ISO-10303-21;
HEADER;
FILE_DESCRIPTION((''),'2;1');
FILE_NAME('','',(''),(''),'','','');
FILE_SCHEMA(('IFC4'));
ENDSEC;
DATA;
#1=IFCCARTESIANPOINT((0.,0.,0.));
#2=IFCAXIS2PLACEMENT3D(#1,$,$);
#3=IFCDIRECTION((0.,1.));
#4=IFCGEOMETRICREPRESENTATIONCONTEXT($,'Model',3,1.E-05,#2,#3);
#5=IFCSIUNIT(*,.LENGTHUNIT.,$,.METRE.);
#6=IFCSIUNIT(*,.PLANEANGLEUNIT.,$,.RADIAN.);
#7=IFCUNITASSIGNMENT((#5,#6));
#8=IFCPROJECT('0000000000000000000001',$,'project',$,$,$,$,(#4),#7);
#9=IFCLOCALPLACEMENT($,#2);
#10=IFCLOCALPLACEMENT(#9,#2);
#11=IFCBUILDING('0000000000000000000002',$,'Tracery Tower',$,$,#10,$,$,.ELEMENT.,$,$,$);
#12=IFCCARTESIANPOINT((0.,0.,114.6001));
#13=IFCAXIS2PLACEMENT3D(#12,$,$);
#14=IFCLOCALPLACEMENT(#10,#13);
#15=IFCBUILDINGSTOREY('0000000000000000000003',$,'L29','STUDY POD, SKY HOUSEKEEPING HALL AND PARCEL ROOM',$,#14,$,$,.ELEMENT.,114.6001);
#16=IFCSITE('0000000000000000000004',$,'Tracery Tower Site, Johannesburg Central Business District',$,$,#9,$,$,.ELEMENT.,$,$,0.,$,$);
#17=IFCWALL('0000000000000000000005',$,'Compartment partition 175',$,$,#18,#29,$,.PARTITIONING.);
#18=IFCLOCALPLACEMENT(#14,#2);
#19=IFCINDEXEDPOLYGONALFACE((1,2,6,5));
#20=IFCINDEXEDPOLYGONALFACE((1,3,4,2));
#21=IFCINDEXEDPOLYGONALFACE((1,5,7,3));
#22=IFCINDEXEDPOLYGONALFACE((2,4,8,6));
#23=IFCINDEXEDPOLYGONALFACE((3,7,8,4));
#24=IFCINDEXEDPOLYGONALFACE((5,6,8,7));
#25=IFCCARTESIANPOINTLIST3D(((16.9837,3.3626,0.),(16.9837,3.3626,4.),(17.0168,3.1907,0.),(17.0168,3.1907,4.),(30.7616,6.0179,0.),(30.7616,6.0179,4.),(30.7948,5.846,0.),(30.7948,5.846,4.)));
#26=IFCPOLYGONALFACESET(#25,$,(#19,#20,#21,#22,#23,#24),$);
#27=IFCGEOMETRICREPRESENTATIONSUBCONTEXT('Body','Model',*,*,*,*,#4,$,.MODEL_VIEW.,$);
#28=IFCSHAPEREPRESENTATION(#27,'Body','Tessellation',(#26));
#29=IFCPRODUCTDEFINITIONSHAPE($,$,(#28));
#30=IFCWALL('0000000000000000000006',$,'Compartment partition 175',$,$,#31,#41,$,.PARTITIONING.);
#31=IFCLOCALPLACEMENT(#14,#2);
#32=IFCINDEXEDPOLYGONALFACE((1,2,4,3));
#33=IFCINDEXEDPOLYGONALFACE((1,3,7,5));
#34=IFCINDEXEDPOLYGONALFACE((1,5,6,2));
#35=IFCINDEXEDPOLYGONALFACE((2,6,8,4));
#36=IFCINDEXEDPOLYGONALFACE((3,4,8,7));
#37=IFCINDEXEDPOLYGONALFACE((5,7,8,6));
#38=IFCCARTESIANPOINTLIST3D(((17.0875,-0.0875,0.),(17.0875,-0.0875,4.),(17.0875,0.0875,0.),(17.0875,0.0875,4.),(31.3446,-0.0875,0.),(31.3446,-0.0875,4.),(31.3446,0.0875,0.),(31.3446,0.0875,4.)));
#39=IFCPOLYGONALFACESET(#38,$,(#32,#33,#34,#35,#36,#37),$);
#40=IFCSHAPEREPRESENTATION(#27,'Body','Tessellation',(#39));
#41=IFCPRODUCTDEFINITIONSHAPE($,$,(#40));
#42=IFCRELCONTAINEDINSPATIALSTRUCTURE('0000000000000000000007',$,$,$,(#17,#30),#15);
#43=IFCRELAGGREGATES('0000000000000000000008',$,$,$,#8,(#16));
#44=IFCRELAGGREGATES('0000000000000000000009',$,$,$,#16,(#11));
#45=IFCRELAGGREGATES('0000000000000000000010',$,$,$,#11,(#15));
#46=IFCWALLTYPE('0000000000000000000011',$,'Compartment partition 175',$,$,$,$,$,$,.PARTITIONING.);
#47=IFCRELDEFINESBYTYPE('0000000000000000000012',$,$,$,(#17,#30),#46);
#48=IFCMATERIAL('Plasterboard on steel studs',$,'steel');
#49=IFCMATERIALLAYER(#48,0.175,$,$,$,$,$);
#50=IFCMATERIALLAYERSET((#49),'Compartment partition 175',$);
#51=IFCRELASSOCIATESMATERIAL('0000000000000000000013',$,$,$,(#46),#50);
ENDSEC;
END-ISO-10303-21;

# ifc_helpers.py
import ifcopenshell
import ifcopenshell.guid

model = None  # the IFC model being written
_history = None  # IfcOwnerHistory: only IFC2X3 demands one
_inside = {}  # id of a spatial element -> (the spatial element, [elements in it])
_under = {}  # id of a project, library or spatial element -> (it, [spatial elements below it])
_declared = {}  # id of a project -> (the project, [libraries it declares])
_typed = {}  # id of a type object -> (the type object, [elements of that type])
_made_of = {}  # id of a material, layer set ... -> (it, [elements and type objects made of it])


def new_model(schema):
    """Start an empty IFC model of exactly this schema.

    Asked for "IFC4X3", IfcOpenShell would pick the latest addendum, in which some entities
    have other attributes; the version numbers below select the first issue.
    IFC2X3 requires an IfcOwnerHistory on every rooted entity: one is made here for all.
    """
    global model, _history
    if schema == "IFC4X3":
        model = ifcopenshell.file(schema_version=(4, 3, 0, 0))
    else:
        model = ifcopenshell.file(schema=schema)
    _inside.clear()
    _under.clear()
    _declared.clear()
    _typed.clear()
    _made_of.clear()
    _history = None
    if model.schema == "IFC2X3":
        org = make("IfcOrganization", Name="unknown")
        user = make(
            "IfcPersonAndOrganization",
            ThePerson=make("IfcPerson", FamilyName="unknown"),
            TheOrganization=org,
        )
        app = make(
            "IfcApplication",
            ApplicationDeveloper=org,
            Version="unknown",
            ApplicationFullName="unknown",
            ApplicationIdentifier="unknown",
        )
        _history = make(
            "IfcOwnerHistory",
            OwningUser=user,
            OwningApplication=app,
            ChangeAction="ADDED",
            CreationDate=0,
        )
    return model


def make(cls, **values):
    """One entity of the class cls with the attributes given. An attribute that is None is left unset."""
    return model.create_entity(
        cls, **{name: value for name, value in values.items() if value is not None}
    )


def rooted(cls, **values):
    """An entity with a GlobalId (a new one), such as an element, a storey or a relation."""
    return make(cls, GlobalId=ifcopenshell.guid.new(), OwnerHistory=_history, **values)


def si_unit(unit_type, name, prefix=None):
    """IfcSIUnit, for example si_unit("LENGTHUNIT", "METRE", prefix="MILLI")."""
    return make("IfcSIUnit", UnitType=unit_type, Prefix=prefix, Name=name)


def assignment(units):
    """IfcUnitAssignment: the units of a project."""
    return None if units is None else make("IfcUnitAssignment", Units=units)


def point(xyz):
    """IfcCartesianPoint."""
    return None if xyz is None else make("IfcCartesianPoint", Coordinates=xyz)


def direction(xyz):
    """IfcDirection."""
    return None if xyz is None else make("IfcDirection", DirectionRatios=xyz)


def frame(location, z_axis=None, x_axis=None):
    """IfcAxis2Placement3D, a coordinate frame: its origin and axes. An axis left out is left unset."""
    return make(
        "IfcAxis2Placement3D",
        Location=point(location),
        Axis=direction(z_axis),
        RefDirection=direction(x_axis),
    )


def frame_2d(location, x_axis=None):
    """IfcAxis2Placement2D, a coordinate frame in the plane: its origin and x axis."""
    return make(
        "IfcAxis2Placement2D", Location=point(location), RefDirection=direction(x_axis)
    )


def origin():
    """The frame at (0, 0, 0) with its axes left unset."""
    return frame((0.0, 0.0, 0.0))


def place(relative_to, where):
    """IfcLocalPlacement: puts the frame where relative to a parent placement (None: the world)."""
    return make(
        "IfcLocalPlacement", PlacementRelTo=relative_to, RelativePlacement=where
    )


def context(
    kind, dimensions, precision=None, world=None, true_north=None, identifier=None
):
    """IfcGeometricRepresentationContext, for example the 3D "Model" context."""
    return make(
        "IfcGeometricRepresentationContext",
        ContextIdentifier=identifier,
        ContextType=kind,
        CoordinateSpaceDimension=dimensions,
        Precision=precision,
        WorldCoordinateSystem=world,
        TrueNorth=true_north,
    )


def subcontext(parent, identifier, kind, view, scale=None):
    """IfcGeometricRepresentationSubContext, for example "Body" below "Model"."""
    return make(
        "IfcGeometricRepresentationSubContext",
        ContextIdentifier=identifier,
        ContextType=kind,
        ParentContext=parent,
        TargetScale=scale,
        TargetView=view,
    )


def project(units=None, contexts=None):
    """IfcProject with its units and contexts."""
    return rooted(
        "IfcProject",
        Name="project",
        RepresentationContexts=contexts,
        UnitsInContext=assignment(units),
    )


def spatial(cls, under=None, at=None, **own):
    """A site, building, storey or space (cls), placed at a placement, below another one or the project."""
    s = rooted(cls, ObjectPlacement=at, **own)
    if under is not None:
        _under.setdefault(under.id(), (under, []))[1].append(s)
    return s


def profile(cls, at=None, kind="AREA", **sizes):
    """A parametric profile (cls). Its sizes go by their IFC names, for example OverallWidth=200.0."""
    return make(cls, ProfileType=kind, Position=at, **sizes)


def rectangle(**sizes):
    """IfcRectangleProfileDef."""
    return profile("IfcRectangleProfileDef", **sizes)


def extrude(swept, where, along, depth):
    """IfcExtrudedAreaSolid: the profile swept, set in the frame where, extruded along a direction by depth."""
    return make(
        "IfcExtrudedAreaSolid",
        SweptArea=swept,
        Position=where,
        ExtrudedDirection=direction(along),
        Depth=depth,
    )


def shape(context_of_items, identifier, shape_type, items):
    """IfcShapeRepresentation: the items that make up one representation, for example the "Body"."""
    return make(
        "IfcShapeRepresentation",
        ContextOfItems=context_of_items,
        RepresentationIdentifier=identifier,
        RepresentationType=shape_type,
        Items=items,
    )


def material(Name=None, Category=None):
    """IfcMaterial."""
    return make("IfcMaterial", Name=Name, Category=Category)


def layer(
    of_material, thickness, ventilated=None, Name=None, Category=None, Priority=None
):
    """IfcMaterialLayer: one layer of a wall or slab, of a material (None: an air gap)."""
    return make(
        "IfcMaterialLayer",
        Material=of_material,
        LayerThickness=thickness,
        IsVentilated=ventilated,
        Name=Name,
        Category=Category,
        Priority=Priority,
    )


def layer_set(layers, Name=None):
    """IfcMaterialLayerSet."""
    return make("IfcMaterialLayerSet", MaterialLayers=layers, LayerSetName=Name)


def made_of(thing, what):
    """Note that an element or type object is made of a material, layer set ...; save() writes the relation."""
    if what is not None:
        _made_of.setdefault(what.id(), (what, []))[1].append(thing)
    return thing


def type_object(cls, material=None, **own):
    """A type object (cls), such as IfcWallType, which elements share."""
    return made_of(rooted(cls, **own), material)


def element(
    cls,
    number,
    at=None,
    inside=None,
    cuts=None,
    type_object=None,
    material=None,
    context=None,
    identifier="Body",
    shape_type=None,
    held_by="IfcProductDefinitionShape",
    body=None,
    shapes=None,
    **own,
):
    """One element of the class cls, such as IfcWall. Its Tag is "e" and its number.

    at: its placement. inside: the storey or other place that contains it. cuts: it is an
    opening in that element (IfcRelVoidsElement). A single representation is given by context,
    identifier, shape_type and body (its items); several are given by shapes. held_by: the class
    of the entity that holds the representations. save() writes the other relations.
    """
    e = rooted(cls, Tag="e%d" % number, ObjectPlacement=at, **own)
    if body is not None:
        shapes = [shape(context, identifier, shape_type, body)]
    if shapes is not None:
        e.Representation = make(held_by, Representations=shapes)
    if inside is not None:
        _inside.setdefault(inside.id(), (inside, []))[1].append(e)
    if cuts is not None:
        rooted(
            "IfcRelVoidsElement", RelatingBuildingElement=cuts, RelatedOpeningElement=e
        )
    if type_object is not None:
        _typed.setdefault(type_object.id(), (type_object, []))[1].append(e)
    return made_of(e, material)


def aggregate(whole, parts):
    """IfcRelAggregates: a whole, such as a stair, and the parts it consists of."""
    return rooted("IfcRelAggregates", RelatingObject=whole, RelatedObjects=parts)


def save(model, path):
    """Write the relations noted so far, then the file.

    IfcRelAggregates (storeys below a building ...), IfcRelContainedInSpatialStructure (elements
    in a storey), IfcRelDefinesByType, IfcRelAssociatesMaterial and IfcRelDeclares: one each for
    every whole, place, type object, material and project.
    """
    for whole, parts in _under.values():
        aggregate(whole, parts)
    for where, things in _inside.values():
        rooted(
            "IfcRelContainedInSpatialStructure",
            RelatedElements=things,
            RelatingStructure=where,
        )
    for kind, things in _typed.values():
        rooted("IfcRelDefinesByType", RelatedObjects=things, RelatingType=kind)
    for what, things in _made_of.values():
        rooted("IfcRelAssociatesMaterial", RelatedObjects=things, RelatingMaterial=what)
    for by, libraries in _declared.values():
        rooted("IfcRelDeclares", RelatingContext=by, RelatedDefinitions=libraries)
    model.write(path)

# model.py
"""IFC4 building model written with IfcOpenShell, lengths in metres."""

from ifc_helpers import new_model, si_unit, direction, frame, frame_2d, origin, place, context, subcontext, project, spatial, rectangle, extrude, material, layer, layer_set, type_object, element, save


model = new_model("IFC4")

# Units and contexts
model_context = context("Model", 3, precision=1e-05, world=origin(), true_north=direction((0.0, 1.0)))
body_context = subcontext(model_context, "Body", "Model", "MODEL_VIEW")
ifc_project = project(units=[si_unit("LENGTHUNIT", "METRE"), si_unit("PLANEANGLEUNIT", "RADIAN")], contexts=[model_context])

# Site, building, storey
site_placement = place(None, origin())
site = spatial("IfcSite", under=ifc_project, at=site_placement, Name="Tracery Tower Site, Johannesburg Central Business District", CompositionType="ELEMENT", RefElevation=0.0)
building_placement = place(site_placement, origin())
building = spatial("IfcBuilding", under=site, at=building_placement, Name="Tracery Tower", CompositionType="ELEMENT")
storey_placement = place(building_placement, frame((0.0, 0.0, 114.6001)))
storey = spatial("IfcBuildingStorey", under=building, at=storey_placement, Name="L29", Description="STUDY POD, SKY HOUSEKEEPING HALL AND PARCEL ROOM", CompositionType="ELEMENT", Elevation=114.6001)

# Walls
ifc_material_1 = material(Name="Plasterboard on steel studs", Category="steel")
ifc_layer_1 = layer(ifc_material_1, 0.175)
ifc_layer_set_1 = layer_set([ifc_layer_1], Name="Compartment partition 175")
wall_type = type_object("IfcWallType", Name="Compartment partition 175", PredefinedType="PARTITIONING", material=ifc_layer_set_1)
wall_1_placement = place(storey_placement, frame((30.7781, 5.9319, 0.0), z_axis=(0.0, 0.0, 1.0), x_axis=(-0.981932, -0.189235, 0.0)))
element("IfcWall", 1, at=wall_1_placement, inside=storey, type_object=wall_type, Name="Compartment partition 175", PredefinedType="PARTITIONING", context=body_context, shape_type="SweptSolid", body=[
    extrude(rectangle(XDim=14.0315, YDim=0.175, at=frame_2d((7.0156, 0.0))), origin(), (0.0, 0.0, 1.0), 4.0),
])
wall_2_placement = place(storey_placement, frame((31.3445, 0.0, 0.0), z_axis=(0.0, 0.0, 1.0), x_axis=(-1.0, 0.0, 0.0)))
element("IfcWall", 2, at=wall_2_placement, inside=storey, type_object=wall_type, Name="Compartment partition 175", PredefinedType="PARTITIONING", context=body_context, shape_type="SweptSolid", body=[
    extrude(rectangle(XDim=14.2571, YDim=0.175, at=frame_2d((7.1284, 0.0))), origin(), (0.0, 0.0, 1.0), 4.0),
])

save(model, "model.ifc")
